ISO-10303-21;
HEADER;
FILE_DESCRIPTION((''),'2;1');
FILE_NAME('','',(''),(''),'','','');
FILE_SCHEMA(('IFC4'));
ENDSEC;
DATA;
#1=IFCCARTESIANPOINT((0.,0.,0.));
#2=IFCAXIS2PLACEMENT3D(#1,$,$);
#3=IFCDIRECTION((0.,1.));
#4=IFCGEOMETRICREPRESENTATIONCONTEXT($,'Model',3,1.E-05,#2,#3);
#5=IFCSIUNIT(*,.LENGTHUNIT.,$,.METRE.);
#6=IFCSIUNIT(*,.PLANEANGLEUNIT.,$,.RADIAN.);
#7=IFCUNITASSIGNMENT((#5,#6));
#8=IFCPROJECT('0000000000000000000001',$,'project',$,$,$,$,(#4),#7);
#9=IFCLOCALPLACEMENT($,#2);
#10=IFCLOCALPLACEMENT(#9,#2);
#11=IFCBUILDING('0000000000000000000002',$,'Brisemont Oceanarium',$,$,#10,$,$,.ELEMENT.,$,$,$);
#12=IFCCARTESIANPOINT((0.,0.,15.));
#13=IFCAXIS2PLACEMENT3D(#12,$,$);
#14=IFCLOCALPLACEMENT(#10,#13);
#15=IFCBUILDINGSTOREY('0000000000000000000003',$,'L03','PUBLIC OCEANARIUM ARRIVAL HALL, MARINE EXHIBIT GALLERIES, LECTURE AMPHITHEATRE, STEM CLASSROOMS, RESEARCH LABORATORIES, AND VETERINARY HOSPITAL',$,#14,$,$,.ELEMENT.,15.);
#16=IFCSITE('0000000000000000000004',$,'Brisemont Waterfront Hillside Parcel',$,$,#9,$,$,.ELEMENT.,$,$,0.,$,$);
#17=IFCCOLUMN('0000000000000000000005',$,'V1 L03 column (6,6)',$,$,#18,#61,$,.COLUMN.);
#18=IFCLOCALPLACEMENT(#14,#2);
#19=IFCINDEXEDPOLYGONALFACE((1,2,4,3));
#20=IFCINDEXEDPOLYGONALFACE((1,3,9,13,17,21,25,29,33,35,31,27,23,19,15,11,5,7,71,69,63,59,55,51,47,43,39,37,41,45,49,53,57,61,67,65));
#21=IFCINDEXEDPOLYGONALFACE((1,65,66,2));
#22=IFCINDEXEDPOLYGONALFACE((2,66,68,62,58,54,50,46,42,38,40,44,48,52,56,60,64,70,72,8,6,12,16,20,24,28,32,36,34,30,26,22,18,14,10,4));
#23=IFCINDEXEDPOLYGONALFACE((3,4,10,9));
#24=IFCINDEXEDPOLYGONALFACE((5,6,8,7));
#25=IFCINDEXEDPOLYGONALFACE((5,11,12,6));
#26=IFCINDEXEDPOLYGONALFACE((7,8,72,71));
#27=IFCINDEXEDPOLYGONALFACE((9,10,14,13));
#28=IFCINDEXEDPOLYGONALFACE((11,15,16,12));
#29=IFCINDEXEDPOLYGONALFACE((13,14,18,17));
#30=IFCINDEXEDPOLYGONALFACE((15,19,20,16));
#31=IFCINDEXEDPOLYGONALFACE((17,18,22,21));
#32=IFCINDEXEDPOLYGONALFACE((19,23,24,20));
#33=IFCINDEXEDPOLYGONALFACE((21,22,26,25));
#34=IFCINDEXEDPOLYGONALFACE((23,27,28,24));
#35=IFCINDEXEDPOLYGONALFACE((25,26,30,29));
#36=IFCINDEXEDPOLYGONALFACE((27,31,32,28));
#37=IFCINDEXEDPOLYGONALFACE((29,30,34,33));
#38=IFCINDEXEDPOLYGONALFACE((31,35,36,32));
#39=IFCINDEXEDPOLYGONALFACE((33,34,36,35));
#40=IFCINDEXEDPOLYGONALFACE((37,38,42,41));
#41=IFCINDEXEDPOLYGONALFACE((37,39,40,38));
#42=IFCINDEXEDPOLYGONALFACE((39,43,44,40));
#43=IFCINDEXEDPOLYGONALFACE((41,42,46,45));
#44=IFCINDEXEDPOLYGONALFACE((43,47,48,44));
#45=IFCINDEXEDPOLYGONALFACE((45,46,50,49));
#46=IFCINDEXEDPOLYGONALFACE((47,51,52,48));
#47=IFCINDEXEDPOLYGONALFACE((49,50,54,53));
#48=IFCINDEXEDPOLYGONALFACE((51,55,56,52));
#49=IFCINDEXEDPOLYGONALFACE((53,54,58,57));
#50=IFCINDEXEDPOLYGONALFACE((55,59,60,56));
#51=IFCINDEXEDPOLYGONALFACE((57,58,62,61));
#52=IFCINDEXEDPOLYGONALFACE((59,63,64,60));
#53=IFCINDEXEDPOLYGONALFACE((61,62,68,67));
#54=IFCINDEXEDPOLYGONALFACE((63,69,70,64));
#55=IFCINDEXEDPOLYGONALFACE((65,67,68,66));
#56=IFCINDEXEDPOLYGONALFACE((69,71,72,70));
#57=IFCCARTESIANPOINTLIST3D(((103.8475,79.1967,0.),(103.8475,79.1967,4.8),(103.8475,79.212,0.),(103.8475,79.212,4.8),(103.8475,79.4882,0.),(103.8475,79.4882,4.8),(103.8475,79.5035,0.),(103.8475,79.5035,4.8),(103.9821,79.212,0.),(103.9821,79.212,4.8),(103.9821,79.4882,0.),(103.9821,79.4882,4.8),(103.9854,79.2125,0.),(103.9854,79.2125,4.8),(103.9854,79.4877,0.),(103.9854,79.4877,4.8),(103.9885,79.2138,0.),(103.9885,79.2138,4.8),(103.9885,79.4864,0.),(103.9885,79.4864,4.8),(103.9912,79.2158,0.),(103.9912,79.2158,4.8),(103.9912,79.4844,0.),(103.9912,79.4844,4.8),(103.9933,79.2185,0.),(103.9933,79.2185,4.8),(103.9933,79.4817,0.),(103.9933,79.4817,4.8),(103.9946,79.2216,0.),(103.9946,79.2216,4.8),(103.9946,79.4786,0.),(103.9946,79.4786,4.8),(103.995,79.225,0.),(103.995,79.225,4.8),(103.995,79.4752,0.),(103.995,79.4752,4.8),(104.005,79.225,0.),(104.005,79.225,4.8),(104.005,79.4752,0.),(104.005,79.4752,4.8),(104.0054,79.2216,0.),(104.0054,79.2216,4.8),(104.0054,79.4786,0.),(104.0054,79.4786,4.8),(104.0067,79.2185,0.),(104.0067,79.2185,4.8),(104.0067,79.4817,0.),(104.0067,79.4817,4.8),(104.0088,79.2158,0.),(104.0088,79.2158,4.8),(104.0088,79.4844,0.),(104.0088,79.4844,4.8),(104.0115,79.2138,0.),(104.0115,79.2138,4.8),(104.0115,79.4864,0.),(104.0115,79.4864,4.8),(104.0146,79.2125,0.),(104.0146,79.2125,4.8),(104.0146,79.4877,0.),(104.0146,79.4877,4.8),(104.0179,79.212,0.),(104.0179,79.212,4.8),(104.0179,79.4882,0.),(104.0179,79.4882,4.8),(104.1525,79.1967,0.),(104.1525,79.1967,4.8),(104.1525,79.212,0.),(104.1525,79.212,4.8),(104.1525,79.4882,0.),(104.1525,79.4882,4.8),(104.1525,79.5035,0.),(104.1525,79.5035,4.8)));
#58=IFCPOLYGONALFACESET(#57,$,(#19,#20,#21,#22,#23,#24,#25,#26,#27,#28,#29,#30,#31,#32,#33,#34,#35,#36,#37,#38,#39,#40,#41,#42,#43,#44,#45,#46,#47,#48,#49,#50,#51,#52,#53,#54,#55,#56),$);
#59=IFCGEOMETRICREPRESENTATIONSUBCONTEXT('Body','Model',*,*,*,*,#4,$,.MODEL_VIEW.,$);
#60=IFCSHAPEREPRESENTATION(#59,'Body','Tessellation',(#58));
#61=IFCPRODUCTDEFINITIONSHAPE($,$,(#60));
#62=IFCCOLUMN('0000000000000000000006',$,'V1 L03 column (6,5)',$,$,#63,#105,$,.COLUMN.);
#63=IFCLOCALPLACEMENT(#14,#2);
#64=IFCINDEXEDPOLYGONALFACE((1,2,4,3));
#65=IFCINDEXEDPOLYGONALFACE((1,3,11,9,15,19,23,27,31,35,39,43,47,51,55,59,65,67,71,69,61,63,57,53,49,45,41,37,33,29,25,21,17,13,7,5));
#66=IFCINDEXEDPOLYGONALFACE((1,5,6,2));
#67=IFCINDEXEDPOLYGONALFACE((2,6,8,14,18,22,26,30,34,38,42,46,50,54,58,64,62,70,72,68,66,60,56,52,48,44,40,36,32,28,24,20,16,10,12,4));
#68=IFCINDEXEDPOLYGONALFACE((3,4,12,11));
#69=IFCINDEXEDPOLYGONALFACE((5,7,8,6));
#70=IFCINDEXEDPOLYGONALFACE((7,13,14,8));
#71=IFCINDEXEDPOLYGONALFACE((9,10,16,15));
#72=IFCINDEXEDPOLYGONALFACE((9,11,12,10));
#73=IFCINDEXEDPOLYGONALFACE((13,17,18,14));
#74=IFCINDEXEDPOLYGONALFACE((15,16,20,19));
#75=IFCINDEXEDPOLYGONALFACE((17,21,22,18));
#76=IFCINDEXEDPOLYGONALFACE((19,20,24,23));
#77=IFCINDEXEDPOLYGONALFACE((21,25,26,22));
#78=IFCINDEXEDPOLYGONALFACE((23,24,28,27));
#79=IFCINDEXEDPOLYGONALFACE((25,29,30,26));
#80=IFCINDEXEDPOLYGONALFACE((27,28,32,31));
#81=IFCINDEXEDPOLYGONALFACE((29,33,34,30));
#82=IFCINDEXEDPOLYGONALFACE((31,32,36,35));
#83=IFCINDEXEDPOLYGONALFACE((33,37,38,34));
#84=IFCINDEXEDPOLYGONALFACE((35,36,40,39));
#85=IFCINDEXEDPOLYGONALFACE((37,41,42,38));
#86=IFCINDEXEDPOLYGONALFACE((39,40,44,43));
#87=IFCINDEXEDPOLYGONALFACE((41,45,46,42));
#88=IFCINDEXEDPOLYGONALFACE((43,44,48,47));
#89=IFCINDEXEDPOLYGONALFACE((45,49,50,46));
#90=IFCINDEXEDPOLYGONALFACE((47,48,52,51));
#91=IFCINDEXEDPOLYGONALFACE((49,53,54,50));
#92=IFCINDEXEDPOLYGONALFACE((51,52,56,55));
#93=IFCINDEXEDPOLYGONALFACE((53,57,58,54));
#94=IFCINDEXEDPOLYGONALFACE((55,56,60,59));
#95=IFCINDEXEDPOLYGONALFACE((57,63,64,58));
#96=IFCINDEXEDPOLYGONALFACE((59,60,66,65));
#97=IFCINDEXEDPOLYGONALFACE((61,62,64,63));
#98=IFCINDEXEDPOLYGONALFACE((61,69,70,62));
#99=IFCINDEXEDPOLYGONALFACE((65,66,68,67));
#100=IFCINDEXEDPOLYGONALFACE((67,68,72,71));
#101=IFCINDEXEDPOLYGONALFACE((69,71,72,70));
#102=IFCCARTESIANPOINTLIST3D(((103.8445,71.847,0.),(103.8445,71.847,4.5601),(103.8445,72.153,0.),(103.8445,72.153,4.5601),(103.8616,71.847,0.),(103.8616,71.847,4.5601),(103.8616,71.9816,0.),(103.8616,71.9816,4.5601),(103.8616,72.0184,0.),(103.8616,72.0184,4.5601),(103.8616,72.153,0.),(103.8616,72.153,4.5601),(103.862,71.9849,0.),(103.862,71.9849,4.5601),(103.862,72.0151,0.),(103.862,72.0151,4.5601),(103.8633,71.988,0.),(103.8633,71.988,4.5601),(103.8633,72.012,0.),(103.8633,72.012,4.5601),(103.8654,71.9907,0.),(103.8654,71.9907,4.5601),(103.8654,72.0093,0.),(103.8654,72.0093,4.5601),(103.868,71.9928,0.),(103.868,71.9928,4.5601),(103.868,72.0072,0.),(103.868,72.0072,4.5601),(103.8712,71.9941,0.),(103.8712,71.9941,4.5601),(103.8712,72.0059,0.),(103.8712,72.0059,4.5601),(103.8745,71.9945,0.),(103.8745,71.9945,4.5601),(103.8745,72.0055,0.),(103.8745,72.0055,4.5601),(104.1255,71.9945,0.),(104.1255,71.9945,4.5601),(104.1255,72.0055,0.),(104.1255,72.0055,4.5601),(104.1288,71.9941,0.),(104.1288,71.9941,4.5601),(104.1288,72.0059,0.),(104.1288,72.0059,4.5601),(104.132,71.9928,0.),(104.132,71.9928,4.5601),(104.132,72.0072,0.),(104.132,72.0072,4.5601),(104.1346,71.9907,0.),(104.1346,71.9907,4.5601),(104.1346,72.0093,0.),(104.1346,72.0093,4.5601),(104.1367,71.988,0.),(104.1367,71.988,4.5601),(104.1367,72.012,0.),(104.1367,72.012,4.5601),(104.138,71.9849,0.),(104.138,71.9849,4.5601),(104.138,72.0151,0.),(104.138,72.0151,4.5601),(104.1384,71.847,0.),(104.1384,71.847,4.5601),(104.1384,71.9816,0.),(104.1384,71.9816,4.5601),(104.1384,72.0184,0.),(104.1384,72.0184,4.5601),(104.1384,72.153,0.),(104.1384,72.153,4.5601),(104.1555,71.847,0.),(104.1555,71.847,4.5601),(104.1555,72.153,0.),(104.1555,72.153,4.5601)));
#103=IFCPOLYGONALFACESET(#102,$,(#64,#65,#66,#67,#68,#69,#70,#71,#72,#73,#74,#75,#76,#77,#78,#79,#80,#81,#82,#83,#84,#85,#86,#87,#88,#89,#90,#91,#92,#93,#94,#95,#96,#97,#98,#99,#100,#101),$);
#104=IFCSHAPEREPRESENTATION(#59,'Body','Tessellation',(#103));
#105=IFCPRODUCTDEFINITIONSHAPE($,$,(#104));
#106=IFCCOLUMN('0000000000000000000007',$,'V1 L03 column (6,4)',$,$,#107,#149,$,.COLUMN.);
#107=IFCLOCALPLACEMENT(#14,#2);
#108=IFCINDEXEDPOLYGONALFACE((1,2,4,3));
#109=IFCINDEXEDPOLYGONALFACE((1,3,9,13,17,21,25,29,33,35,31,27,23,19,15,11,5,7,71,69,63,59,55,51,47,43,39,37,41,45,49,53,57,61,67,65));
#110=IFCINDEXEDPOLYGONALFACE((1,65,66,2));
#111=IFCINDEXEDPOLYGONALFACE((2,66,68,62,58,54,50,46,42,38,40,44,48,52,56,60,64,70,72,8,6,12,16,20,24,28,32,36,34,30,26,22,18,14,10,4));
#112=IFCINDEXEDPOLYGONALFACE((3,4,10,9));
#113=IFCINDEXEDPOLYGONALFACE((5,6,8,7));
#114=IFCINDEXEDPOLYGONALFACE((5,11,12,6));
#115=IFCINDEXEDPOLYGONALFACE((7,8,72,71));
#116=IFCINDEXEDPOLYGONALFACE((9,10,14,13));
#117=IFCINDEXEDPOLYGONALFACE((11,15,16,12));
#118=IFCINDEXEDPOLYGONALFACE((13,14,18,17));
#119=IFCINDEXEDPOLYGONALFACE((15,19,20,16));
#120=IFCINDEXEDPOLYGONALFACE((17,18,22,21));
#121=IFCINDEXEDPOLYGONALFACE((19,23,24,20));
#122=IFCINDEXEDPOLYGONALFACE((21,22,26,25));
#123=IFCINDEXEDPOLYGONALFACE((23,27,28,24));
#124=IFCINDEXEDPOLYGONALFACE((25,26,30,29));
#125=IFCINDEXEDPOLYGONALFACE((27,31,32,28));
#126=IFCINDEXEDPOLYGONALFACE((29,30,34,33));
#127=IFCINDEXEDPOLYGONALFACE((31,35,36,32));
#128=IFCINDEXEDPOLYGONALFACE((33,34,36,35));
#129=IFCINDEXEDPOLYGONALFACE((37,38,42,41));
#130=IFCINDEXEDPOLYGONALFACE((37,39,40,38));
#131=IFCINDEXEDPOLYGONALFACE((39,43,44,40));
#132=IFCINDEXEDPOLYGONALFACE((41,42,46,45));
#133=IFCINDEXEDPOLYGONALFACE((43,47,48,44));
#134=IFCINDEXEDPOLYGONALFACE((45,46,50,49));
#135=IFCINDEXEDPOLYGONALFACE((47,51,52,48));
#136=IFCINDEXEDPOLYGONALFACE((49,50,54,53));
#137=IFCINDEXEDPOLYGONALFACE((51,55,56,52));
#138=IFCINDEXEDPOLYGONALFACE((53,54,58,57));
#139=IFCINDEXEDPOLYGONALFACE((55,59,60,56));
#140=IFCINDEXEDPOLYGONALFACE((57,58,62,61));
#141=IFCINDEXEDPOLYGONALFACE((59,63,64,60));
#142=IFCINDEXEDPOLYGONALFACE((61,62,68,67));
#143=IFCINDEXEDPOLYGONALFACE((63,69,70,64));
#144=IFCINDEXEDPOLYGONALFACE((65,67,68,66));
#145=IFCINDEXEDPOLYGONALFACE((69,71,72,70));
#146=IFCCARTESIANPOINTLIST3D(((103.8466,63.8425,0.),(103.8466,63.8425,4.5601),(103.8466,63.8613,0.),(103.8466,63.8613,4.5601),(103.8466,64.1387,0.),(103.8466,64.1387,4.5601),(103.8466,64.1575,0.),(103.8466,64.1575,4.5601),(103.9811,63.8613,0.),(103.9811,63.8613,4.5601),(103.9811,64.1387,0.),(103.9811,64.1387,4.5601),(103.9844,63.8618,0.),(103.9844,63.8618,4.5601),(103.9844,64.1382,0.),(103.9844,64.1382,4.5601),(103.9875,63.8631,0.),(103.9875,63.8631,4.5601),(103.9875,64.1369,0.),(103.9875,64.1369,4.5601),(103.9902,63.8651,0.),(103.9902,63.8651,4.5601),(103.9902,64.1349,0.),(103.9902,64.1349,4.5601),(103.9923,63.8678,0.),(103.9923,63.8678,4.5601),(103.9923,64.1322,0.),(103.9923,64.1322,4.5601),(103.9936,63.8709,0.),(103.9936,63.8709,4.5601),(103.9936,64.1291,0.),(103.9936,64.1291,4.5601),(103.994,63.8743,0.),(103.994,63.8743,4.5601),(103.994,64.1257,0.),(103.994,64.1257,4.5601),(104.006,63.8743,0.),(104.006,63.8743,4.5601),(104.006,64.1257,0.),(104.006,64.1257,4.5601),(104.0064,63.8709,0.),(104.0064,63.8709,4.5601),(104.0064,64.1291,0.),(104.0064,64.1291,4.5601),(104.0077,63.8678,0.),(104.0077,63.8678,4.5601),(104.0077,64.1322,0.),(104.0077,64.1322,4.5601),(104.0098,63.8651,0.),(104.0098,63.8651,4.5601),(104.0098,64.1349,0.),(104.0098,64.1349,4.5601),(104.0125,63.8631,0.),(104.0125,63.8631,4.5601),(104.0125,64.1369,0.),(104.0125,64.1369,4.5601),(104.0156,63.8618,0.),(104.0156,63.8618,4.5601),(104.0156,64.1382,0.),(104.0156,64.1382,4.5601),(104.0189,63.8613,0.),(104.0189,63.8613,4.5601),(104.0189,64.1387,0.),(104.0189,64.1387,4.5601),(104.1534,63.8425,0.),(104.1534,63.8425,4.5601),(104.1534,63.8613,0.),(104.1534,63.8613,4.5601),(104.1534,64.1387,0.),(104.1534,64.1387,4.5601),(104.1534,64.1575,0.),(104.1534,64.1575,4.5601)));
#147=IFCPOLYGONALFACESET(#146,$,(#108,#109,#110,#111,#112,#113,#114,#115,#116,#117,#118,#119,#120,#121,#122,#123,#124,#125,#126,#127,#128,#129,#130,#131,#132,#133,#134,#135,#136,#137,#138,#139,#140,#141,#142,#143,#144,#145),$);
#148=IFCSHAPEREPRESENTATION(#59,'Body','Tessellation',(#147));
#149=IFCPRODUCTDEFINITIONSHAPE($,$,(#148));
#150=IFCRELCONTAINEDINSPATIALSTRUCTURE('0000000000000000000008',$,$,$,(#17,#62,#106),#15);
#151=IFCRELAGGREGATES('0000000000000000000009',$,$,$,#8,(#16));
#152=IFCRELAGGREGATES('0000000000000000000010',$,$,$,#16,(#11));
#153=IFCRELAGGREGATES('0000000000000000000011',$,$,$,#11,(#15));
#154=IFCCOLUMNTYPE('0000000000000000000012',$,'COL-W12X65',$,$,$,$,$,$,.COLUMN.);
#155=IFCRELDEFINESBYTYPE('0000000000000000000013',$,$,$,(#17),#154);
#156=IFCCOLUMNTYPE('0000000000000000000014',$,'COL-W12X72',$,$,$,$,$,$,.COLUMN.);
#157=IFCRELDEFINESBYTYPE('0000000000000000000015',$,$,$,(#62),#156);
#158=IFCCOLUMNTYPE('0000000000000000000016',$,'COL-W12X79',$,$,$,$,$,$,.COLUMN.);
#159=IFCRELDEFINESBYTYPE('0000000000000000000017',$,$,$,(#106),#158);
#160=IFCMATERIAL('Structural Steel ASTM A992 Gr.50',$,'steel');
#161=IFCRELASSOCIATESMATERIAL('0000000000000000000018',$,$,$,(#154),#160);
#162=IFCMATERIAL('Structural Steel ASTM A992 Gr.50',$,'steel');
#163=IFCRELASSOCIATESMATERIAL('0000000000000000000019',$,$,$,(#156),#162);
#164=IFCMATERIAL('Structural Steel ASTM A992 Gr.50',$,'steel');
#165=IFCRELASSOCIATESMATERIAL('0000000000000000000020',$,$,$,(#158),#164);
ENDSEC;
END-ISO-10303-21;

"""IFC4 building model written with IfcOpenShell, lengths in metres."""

from ifc_helpers import new_model, si_unit, direction, frame, origin, origin_2d, place, context, subcontext, project, spatial, i_section, extrude, material, material_profile, profile_set, type_object, element, save


model = new_model("IFC4")

# Units and contexts
model_context = context("Model", 3, precision=1e-05, world=origin(), true_north=direction((0.0, 1.0)))
body_context = subcontext(model_context, "Body", "Model", "MODEL_VIEW")
ifc_project = project(units=[si_unit("LENGTHUNIT", "METRE"), si_unit("PLANEANGLEUNIT", "RADIAN")], contexts=[model_context])

# Site, building, storey
site_placement = place(None, origin())
site = spatial("IfcSite", under=ifc_project, at=site_placement, Name="Brisemont Waterfront Hillside Parcel", CompositionType="ELEMENT", RefElevation=0.0)
building_placement = place(site_placement, origin())
building = spatial("IfcBuilding", under=site, at=building_placement, Name="Brisemont Oceanarium", CompositionType="ELEMENT")
storey_placement = place(building_placement, frame((0.0, 0.0, 15.0)))
storey = spatial("IfcBuildingStorey", under=building, at=storey_placement, Name="L03", Description="PUBLIC OCEANARIUM ARRIVAL HALL, MARINE EXHIBIT GALLERIES, LECTURE AMPHITHEATRE, STEM CLASSROOMS, RESEARCH LABORATORIES, AND VETERINARY HOSPITAL", CompositionType="ELEMENT", Elevation=15.0)

# Columns
ifc_material_1 = material(Name="Structural Steel ASTM A992 Gr.50", Category="steel")
ifc_material_profile_1 = material_profile(ifc_material_1, i_section(OverallWidth=0.3049, OverallDepth=0.3069, WebThickness=0.01, FlangeThickness=0.0154, FilletRadius=0.0129, at=origin_2d()), Name="W12X65")
ifc_profile_set_1 = profile_set([ifc_material_profile_1], Name="Structural Steel ASTM A992 Gr.50")
column_type_1 = type_object("IfcColumnType", Name="COL-W12X65", PredefinedType="COLUMN", material=ifc_profile_set_1)
column_1_placement = place(storey_placement, frame((104.0, 79.3501, 0.0), z_axis=(0.0, 0.0, 1.0), x_axis=(1.0, 0.0, 0.0)))
element("IfcColumn", 1, at=column_1_placement, inside=storey, type_object=column_type_1, Name="V1 L03 column (6,6)", PredefinedType="COLUMN", context=body_context, shape_type="SweptSolid", body=[
    extrude(i_section(OverallWidth=0.3049, OverallDepth=0.3069, WebThickness=0.01, FlangeThickness=0.0154, FilletRadius=0.0129, at=origin_2d()), origin(), (0.0, 0.0, 1.0), 4.8),
])
ifc_material_2 = material(Name="Structural Steel ASTM A992 Gr.50", Category="steel")
ifc_material_profile_2 = material_profile(ifc_material_2, i_section(OverallWidth=0.3059, OverallDepth=0.311, WebThickness=0.011, FlangeThickness=0.0171, FilletRadius=0.0129, at=origin_2d()), Name="W12X72")
ifc_profile_set_2 = profile_set([ifc_material_profile_2], Name="Structural Steel ASTM A992 Gr.50")
column_type_2 = type_object("IfcColumnType", Name="COL-W12X72", PredefinedType="COLUMN", material=ifc_profile_set_2)
column_2_placement = place(storey_placement, frame((104.0, 72.0, 0.0), z_axis=(0.0, 0.0, 1.0), x_axis=(0.0, 1.0, 0.0)))
element("IfcColumn", 2, at=column_2_placement, inside=storey, type_object=column_type_2, Name="V1 L03 column (6,5)", PredefinedType="COLUMN", context=body_context, shape_type="SweptSolid", body=[
    extrude(i_section(OverallWidth=0.3059, OverallDepth=0.311, WebThickness=0.011, FlangeThickness=0.0171, FilletRadius=0.0129, at=origin_2d()), origin(), (0.0, 0.0, 1.0), 4.5601),
])
ifc_material_3 = material(Name="Structural Steel ASTM A992 Gr.50", Category="steel")
ifc_material_profile_3 = material_profile(ifc_material_3, i_section(OverallWidth=0.3069, OverallDepth=0.3149, WebThickness=0.012, FlangeThickness=0.0188, FilletRadius=0.0129, at=origin_2d()), Name="W12X79")
ifc_profile_set_3 = profile_set([ifc_material_profile_3], Name="Structural Steel ASTM A992 Gr.50")
column_type_3 = type_object("IfcColumnType", Name="COL-W12X79", PredefinedType="COLUMN", material=ifc_profile_set_3)
column_3_placement = place(storey_placement, frame((104.0, 64.0, 0.0), z_axis=(0.0, 0.0, 1.0), x_axis=(1.0, 0.0, 0.0)))
element("IfcColumn", 3, at=column_3_placement, inside=storey, type_object=column_type_3, Name="V1 L03 column (6,4)", PredefinedType="COLUMN", context=body_context, shape_type="SweptSolid", body=[
    extrude(i_section(OverallWidth=0.3069, OverallDepth=0.3149, WebThickness=0.012, FlangeThickness=0.0188, FilletRadius=0.0129, at=origin_2d()), origin(), (0.0, 0.0, 1.0), 4.5601),
])

save(model, "model.ifc")
